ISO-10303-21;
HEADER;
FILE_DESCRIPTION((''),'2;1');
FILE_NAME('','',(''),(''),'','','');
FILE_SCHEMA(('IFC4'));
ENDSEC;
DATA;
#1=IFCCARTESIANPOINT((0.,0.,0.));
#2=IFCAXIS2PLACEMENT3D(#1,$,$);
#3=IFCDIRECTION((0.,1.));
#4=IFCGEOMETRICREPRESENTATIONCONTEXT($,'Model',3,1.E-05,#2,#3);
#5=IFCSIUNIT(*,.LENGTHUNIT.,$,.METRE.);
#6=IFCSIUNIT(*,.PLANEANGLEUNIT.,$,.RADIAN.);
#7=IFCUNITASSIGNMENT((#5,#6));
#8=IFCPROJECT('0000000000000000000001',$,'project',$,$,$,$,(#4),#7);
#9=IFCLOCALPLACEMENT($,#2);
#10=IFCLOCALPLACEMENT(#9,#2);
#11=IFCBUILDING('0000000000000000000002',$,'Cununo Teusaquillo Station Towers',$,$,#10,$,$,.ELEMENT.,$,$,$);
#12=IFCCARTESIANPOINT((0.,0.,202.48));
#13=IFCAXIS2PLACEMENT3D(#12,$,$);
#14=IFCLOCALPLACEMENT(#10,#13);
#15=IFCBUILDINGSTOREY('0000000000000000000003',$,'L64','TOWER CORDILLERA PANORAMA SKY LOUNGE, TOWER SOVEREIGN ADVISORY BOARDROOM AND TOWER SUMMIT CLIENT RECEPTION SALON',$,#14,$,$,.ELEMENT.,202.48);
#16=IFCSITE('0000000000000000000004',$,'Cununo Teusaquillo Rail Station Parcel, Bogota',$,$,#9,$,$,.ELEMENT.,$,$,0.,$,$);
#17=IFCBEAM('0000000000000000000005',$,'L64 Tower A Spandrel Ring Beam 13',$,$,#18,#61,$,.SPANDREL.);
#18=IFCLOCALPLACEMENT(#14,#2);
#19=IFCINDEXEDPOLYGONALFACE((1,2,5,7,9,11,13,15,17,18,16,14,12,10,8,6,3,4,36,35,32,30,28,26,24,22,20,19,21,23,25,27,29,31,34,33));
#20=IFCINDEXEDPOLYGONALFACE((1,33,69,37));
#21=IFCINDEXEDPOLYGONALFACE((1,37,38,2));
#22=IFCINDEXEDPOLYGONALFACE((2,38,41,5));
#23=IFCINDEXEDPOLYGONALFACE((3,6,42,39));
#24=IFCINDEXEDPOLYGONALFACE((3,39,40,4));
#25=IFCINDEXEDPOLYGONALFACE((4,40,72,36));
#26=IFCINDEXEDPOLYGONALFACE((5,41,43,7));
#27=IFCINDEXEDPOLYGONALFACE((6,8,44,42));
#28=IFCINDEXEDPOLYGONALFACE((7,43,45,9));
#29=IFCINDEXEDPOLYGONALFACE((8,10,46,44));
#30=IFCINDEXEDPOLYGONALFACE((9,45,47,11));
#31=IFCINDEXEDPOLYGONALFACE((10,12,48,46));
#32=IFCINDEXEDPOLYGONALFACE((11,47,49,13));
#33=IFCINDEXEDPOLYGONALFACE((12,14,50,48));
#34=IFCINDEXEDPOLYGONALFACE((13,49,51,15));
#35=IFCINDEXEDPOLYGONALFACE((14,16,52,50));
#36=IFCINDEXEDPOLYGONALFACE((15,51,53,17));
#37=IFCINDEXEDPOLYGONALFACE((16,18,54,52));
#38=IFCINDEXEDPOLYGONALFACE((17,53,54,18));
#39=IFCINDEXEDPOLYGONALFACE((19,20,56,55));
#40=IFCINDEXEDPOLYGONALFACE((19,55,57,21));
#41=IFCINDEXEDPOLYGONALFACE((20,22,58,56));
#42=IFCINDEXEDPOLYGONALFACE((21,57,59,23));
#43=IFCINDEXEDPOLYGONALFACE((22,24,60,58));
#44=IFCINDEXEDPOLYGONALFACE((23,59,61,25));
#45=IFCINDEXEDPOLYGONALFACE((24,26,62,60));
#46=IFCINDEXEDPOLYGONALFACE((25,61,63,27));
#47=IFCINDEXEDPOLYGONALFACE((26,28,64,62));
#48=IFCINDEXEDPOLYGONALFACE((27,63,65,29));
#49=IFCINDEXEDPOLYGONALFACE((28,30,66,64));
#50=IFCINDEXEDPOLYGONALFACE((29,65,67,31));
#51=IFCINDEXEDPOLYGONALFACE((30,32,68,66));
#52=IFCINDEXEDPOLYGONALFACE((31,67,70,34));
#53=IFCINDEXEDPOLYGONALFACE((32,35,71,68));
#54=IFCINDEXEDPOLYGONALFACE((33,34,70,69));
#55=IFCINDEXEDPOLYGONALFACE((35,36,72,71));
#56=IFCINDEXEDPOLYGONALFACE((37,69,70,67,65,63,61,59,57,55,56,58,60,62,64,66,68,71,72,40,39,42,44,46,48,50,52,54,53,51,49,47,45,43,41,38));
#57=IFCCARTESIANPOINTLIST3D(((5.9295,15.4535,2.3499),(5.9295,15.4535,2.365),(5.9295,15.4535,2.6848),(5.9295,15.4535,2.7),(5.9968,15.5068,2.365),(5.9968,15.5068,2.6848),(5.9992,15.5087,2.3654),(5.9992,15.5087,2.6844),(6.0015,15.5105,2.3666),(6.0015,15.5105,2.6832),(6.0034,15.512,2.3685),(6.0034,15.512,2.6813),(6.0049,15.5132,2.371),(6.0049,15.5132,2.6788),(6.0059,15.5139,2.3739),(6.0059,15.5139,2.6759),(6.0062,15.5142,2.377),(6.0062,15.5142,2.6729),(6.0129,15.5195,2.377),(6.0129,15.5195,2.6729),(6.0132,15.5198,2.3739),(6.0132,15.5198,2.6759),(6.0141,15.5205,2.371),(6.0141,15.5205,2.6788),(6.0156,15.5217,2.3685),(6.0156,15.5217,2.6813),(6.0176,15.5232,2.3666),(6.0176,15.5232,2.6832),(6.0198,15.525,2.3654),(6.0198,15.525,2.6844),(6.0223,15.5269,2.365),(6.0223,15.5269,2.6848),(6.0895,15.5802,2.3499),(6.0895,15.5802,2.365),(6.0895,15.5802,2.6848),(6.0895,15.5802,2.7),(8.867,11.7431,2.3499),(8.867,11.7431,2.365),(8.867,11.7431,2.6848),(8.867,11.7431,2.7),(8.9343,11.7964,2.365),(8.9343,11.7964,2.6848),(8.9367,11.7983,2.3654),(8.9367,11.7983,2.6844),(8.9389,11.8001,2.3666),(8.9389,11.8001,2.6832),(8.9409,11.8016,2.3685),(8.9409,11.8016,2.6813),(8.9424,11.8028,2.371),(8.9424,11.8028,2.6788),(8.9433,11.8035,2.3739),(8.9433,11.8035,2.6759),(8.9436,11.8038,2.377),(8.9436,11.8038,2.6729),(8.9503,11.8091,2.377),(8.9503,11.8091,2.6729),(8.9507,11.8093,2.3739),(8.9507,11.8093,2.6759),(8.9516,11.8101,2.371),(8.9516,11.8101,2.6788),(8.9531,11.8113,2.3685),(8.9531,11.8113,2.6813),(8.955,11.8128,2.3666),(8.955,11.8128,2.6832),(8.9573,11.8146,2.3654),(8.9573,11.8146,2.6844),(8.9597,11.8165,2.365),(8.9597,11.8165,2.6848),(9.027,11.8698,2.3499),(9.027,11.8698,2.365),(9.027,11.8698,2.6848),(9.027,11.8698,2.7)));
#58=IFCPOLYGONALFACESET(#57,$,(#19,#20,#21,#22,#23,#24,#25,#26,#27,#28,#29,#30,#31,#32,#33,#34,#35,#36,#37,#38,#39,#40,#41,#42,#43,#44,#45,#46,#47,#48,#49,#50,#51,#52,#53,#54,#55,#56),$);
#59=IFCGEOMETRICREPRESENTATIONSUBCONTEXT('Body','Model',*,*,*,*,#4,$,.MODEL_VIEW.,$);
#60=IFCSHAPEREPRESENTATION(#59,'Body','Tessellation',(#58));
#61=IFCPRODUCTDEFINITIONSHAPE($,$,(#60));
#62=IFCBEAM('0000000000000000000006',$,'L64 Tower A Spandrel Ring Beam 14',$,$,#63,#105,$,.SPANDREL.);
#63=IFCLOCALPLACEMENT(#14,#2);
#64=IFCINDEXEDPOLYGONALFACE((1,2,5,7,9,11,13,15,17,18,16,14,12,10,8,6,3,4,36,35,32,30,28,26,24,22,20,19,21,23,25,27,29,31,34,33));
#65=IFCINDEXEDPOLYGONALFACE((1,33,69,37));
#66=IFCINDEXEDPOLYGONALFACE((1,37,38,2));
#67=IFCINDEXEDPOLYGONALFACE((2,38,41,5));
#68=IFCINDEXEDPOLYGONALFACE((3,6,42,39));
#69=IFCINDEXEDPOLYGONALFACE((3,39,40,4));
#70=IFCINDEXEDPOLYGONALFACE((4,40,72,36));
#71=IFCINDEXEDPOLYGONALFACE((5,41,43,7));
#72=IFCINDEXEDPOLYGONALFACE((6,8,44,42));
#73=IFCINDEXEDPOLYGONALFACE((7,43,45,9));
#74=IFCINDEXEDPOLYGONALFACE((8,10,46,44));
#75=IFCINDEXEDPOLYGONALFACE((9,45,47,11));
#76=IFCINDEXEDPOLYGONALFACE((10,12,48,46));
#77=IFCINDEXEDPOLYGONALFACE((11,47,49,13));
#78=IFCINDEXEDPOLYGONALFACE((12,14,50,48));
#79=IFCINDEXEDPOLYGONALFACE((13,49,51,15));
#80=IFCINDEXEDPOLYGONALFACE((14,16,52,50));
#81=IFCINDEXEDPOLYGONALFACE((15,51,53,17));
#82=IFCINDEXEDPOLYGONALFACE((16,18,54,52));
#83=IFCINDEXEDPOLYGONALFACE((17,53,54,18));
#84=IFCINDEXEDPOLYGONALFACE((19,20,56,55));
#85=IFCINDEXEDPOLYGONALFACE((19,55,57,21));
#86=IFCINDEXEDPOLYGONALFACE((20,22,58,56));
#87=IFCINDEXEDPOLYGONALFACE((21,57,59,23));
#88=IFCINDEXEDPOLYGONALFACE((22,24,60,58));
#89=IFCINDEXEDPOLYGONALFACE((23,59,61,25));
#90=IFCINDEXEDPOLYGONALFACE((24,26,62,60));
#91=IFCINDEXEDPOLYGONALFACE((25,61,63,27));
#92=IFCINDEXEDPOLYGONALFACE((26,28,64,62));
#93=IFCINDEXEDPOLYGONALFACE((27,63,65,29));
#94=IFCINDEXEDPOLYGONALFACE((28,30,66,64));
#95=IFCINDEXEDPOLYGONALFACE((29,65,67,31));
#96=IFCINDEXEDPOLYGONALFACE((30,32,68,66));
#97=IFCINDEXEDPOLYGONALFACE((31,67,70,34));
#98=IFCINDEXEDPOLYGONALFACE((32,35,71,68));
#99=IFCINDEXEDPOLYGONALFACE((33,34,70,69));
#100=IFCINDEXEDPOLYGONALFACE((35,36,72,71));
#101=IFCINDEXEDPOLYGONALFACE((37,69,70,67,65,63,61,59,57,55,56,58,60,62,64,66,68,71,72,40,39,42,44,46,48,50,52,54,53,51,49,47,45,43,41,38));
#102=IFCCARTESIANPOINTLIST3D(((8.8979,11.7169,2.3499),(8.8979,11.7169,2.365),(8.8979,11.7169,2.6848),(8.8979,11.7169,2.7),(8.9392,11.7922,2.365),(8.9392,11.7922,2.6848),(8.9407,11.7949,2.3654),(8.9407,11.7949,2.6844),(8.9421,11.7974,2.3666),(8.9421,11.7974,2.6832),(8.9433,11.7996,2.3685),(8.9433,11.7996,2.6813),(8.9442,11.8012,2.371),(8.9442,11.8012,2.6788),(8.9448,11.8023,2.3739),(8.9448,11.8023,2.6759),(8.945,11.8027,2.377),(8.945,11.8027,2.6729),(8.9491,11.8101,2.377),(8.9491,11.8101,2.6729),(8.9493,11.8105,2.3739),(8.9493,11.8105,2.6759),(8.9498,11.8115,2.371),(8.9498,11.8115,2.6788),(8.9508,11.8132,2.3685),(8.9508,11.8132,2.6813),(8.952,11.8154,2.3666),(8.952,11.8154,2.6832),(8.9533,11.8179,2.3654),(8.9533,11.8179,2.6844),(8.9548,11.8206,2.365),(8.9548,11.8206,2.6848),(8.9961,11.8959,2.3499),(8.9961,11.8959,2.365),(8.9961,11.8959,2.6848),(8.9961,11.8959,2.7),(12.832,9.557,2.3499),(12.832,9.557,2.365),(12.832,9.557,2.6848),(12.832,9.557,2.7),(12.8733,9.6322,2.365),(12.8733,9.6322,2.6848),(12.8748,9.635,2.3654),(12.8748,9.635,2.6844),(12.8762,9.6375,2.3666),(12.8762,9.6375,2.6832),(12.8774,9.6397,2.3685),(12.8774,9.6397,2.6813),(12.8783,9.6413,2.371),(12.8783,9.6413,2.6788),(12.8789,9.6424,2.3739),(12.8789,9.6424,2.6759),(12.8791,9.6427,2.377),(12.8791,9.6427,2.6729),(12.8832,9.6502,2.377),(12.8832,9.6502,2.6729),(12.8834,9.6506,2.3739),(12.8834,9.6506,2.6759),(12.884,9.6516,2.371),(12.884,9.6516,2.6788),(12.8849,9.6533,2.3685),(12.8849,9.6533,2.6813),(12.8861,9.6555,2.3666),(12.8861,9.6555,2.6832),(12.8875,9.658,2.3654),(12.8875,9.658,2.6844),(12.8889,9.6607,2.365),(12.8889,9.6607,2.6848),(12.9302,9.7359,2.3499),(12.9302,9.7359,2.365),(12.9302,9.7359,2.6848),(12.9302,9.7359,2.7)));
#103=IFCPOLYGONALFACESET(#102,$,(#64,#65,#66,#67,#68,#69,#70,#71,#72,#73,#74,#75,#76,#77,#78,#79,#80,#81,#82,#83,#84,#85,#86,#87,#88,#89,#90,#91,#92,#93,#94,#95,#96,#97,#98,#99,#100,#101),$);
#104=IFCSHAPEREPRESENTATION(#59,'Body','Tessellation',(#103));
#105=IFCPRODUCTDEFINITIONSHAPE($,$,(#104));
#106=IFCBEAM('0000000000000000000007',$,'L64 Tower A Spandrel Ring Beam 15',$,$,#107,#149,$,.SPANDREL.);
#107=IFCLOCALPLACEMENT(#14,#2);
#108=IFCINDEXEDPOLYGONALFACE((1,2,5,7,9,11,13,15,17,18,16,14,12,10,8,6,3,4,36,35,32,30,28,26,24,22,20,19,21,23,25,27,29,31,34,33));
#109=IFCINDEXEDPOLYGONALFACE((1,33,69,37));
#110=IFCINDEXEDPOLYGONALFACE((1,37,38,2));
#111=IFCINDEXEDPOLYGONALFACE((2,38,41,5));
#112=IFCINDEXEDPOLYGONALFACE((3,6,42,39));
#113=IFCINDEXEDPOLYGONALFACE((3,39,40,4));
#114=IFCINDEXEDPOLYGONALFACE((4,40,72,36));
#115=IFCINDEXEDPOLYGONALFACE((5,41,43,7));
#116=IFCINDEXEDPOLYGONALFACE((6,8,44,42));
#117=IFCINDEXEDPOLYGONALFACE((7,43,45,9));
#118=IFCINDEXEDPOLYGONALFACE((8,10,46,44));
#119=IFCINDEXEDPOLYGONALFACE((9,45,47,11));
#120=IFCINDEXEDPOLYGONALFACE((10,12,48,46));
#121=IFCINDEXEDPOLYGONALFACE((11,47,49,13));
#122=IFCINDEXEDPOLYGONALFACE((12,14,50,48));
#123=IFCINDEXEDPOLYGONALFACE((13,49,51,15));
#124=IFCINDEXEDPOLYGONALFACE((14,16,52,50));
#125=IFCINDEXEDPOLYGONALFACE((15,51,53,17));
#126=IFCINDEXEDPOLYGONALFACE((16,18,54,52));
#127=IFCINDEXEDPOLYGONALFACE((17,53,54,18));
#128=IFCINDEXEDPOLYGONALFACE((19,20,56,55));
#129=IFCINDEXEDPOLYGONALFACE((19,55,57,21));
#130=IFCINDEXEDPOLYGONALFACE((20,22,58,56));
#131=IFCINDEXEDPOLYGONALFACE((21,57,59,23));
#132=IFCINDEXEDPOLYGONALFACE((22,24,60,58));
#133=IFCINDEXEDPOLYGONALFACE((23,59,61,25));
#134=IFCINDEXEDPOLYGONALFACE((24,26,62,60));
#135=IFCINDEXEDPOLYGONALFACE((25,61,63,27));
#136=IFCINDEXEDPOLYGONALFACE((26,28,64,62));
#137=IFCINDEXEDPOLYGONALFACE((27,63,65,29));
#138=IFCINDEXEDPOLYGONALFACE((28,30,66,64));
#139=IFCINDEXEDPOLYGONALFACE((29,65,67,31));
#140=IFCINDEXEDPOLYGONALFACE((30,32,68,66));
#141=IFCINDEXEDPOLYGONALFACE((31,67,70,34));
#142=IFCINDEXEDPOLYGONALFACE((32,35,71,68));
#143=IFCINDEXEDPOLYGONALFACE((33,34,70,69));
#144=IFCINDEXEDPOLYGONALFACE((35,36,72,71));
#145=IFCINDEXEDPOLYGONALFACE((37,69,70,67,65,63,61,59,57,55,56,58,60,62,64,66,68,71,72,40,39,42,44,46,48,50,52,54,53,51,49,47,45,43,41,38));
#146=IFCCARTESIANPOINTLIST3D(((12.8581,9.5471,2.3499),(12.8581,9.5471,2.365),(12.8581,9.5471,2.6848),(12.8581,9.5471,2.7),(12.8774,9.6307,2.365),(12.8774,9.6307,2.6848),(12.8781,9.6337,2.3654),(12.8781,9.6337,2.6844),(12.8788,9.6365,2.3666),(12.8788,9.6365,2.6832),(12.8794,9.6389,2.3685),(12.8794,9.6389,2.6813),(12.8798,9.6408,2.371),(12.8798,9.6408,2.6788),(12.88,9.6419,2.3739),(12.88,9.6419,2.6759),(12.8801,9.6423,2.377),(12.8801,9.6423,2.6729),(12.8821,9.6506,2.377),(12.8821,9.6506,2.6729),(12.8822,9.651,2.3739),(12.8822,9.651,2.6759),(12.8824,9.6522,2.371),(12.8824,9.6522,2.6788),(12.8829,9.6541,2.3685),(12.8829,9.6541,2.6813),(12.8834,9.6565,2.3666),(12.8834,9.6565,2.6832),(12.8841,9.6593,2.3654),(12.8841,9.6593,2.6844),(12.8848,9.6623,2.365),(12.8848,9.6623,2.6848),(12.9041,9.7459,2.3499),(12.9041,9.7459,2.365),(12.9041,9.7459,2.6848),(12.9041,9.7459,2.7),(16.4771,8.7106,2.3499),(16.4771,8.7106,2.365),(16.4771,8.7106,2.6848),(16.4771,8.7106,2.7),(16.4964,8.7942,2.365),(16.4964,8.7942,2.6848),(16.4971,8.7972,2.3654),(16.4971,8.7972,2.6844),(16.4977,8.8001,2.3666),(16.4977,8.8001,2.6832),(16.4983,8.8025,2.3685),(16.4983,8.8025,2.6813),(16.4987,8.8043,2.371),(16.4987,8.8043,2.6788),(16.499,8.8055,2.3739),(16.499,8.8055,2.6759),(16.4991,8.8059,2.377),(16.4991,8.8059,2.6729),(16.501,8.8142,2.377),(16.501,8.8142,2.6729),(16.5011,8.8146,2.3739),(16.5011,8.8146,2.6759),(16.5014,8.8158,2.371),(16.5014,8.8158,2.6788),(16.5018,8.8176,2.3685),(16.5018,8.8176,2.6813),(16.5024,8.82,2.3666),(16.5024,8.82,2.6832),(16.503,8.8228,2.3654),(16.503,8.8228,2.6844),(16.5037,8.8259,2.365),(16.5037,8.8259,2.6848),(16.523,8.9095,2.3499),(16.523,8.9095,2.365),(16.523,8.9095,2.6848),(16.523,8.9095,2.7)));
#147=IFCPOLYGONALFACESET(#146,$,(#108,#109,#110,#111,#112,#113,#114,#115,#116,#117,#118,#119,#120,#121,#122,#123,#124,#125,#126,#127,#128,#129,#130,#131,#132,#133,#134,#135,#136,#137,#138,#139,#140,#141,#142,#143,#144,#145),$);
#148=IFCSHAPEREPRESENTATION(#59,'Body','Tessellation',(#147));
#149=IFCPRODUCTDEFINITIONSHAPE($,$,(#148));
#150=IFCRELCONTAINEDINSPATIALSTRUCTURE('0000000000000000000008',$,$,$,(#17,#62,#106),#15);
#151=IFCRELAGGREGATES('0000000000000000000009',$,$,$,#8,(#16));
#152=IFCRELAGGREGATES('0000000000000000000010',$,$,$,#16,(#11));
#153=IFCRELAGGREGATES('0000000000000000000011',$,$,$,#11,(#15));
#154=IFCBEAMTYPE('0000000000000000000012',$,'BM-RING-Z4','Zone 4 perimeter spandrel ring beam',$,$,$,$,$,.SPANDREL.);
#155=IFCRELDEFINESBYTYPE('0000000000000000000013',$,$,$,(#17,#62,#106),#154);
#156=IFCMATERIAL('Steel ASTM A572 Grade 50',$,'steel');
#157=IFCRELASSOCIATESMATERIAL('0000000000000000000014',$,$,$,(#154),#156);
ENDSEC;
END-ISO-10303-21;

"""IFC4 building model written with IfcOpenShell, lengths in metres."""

from ifc_helpers import new_model, si_unit, direction, frame, origin, origin_2d, place, context, subcontext, project, spatial, i_section, extrude, material, material_profile, profile_set, type_object, element, save


model = new_model("IFC4")

# Units and contexts
model_context = context("Model", 3, precision=1e-05, world=origin(), true_north=direction((0.0, 1.0)))
body_context = subcontext(model_context, "Body", "Model", "MODEL_VIEW")
ifc_project = project(units=[si_unit("LENGTHUNIT", "METRE"), si_unit("PLANEANGLEUNIT", "RADIAN")], contexts=[model_context])

# Site, building, storey
site_placement = place(None, origin())
site = spatial("IfcSite", under=ifc_project, at=site_placement, Name="Cununo Teusaquillo Rail Station Parcel, Bogota", CompositionType="ELEMENT", RefElevation=0.0)
building_placement = place(site_placement, origin())
building = spatial("IfcBuilding", under=site, at=building_placement, Name="Cununo Teusaquillo Station Towers", CompositionType="ELEMENT")
storey_placement = place(building_placement, frame((0.0, 0.0, 202.48)))
storey = spatial("IfcBuildingStorey", under=building, at=storey_placement, Name="L64", Description="TOWER CORDILLERA PANORAMA SKY LOUNGE, TOWER SOVEREIGN ADVISORY BOARDROOM AND TOWER SUMMIT CLIENT RECEPTION SALON", CompositionType="ELEMENT", Elevation=202.48)

# Beams
ifc_material_1 = material(Name="Steel ASTM A572 Grade 50", Category="steel")
ifc_material_profile_1 = material_profile(ifc_material_1, i_section(OverallWidth=0.2041, OverallDepth=0.3501, WebThickness=0.0085, FlangeThickness=0.0151, FilletRadius=0.012, at=origin_2d()), Name="W14X48")
ifc_profile_set_1 = profile_set([ifc_material_profile_1], Name="Steel ASTM A572 Grade 50")
beam_type = type_object("IfcBeamType", Name="BM-RING-Z4", Description="Zone 4 perimeter spandrel ring beam", PredefinedType="SPANDREL", material=ifc_profile_set_1)
beam_1_placement = place(storey_placement, frame((6.0095, 15.5168, 2.5249), z_axis=(0.620711, -0.78404, 0.0), x_axis=(0.78404, 0.620711, 0.0)))
element("IfcBeam", 1, at=beam_1_placement, inside=storey, type_object=beam_type, Name="L64 Tower A Spandrel Ring Beam 13", PredefinedType="SPANDREL", context=body_context, shape_type="SweptSolid", body=[
    extrude(i_section(OverallWidth=0.2041, OverallDepth=0.3501, WebThickness=0.0085, FlangeThickness=0.0151, FilletRadius=0.012, at=origin_2d()), origin(), (0.0, 0.0, 1.0), 4.7324),
])
beam_2_placement = place(storey_placement, frame((8.947, 11.8064, 2.5249), z_axis=(0.876576, -0.481263, 0.0), x_axis=(0.481263, 0.876576, 0.0)))
element("IfcBeam", 2, at=beam_2_placement, inside=storey, type_object=beam_type, Name="L64 Tower A Spandrel Ring Beam 14", PredefinedType="SPANDREL", context=body_context, shape_type="SweptSolid", body=[
    extrude(i_section(OverallWidth=0.2041, OverallDepth=0.3501, WebThickness=0.0085, FlangeThickness=0.0151, FilletRadius=0.012, at=origin_2d()), origin(), (0.0, 0.0, 1.0), 4.488),
])
beam_3_placement = place(storey_placement, frame((12.8811, 9.6465, 2.5249), z_axis=(0.974315, -0.225191, 0.0), x_axis=(0.225191, 0.974315, 0.0)))
element("IfcBeam", 3, at=beam_3_placement, inside=storey, type_object=beam_type, Name="L64 Tower A Spandrel Ring Beam 15", PredefinedType="SPANDREL", context=body_context, shape_type="SweptSolid", body=[
    extrude(i_section(OverallWidth=0.2041, OverallDepth=0.3501, WebThickness=0.0085, FlangeThickness=0.0151, FilletRadius=0.012, at=origin_2d()), origin(), (0.0, 0.0, 1.0), 3.7144),
])

save(model, "model.ifc")
